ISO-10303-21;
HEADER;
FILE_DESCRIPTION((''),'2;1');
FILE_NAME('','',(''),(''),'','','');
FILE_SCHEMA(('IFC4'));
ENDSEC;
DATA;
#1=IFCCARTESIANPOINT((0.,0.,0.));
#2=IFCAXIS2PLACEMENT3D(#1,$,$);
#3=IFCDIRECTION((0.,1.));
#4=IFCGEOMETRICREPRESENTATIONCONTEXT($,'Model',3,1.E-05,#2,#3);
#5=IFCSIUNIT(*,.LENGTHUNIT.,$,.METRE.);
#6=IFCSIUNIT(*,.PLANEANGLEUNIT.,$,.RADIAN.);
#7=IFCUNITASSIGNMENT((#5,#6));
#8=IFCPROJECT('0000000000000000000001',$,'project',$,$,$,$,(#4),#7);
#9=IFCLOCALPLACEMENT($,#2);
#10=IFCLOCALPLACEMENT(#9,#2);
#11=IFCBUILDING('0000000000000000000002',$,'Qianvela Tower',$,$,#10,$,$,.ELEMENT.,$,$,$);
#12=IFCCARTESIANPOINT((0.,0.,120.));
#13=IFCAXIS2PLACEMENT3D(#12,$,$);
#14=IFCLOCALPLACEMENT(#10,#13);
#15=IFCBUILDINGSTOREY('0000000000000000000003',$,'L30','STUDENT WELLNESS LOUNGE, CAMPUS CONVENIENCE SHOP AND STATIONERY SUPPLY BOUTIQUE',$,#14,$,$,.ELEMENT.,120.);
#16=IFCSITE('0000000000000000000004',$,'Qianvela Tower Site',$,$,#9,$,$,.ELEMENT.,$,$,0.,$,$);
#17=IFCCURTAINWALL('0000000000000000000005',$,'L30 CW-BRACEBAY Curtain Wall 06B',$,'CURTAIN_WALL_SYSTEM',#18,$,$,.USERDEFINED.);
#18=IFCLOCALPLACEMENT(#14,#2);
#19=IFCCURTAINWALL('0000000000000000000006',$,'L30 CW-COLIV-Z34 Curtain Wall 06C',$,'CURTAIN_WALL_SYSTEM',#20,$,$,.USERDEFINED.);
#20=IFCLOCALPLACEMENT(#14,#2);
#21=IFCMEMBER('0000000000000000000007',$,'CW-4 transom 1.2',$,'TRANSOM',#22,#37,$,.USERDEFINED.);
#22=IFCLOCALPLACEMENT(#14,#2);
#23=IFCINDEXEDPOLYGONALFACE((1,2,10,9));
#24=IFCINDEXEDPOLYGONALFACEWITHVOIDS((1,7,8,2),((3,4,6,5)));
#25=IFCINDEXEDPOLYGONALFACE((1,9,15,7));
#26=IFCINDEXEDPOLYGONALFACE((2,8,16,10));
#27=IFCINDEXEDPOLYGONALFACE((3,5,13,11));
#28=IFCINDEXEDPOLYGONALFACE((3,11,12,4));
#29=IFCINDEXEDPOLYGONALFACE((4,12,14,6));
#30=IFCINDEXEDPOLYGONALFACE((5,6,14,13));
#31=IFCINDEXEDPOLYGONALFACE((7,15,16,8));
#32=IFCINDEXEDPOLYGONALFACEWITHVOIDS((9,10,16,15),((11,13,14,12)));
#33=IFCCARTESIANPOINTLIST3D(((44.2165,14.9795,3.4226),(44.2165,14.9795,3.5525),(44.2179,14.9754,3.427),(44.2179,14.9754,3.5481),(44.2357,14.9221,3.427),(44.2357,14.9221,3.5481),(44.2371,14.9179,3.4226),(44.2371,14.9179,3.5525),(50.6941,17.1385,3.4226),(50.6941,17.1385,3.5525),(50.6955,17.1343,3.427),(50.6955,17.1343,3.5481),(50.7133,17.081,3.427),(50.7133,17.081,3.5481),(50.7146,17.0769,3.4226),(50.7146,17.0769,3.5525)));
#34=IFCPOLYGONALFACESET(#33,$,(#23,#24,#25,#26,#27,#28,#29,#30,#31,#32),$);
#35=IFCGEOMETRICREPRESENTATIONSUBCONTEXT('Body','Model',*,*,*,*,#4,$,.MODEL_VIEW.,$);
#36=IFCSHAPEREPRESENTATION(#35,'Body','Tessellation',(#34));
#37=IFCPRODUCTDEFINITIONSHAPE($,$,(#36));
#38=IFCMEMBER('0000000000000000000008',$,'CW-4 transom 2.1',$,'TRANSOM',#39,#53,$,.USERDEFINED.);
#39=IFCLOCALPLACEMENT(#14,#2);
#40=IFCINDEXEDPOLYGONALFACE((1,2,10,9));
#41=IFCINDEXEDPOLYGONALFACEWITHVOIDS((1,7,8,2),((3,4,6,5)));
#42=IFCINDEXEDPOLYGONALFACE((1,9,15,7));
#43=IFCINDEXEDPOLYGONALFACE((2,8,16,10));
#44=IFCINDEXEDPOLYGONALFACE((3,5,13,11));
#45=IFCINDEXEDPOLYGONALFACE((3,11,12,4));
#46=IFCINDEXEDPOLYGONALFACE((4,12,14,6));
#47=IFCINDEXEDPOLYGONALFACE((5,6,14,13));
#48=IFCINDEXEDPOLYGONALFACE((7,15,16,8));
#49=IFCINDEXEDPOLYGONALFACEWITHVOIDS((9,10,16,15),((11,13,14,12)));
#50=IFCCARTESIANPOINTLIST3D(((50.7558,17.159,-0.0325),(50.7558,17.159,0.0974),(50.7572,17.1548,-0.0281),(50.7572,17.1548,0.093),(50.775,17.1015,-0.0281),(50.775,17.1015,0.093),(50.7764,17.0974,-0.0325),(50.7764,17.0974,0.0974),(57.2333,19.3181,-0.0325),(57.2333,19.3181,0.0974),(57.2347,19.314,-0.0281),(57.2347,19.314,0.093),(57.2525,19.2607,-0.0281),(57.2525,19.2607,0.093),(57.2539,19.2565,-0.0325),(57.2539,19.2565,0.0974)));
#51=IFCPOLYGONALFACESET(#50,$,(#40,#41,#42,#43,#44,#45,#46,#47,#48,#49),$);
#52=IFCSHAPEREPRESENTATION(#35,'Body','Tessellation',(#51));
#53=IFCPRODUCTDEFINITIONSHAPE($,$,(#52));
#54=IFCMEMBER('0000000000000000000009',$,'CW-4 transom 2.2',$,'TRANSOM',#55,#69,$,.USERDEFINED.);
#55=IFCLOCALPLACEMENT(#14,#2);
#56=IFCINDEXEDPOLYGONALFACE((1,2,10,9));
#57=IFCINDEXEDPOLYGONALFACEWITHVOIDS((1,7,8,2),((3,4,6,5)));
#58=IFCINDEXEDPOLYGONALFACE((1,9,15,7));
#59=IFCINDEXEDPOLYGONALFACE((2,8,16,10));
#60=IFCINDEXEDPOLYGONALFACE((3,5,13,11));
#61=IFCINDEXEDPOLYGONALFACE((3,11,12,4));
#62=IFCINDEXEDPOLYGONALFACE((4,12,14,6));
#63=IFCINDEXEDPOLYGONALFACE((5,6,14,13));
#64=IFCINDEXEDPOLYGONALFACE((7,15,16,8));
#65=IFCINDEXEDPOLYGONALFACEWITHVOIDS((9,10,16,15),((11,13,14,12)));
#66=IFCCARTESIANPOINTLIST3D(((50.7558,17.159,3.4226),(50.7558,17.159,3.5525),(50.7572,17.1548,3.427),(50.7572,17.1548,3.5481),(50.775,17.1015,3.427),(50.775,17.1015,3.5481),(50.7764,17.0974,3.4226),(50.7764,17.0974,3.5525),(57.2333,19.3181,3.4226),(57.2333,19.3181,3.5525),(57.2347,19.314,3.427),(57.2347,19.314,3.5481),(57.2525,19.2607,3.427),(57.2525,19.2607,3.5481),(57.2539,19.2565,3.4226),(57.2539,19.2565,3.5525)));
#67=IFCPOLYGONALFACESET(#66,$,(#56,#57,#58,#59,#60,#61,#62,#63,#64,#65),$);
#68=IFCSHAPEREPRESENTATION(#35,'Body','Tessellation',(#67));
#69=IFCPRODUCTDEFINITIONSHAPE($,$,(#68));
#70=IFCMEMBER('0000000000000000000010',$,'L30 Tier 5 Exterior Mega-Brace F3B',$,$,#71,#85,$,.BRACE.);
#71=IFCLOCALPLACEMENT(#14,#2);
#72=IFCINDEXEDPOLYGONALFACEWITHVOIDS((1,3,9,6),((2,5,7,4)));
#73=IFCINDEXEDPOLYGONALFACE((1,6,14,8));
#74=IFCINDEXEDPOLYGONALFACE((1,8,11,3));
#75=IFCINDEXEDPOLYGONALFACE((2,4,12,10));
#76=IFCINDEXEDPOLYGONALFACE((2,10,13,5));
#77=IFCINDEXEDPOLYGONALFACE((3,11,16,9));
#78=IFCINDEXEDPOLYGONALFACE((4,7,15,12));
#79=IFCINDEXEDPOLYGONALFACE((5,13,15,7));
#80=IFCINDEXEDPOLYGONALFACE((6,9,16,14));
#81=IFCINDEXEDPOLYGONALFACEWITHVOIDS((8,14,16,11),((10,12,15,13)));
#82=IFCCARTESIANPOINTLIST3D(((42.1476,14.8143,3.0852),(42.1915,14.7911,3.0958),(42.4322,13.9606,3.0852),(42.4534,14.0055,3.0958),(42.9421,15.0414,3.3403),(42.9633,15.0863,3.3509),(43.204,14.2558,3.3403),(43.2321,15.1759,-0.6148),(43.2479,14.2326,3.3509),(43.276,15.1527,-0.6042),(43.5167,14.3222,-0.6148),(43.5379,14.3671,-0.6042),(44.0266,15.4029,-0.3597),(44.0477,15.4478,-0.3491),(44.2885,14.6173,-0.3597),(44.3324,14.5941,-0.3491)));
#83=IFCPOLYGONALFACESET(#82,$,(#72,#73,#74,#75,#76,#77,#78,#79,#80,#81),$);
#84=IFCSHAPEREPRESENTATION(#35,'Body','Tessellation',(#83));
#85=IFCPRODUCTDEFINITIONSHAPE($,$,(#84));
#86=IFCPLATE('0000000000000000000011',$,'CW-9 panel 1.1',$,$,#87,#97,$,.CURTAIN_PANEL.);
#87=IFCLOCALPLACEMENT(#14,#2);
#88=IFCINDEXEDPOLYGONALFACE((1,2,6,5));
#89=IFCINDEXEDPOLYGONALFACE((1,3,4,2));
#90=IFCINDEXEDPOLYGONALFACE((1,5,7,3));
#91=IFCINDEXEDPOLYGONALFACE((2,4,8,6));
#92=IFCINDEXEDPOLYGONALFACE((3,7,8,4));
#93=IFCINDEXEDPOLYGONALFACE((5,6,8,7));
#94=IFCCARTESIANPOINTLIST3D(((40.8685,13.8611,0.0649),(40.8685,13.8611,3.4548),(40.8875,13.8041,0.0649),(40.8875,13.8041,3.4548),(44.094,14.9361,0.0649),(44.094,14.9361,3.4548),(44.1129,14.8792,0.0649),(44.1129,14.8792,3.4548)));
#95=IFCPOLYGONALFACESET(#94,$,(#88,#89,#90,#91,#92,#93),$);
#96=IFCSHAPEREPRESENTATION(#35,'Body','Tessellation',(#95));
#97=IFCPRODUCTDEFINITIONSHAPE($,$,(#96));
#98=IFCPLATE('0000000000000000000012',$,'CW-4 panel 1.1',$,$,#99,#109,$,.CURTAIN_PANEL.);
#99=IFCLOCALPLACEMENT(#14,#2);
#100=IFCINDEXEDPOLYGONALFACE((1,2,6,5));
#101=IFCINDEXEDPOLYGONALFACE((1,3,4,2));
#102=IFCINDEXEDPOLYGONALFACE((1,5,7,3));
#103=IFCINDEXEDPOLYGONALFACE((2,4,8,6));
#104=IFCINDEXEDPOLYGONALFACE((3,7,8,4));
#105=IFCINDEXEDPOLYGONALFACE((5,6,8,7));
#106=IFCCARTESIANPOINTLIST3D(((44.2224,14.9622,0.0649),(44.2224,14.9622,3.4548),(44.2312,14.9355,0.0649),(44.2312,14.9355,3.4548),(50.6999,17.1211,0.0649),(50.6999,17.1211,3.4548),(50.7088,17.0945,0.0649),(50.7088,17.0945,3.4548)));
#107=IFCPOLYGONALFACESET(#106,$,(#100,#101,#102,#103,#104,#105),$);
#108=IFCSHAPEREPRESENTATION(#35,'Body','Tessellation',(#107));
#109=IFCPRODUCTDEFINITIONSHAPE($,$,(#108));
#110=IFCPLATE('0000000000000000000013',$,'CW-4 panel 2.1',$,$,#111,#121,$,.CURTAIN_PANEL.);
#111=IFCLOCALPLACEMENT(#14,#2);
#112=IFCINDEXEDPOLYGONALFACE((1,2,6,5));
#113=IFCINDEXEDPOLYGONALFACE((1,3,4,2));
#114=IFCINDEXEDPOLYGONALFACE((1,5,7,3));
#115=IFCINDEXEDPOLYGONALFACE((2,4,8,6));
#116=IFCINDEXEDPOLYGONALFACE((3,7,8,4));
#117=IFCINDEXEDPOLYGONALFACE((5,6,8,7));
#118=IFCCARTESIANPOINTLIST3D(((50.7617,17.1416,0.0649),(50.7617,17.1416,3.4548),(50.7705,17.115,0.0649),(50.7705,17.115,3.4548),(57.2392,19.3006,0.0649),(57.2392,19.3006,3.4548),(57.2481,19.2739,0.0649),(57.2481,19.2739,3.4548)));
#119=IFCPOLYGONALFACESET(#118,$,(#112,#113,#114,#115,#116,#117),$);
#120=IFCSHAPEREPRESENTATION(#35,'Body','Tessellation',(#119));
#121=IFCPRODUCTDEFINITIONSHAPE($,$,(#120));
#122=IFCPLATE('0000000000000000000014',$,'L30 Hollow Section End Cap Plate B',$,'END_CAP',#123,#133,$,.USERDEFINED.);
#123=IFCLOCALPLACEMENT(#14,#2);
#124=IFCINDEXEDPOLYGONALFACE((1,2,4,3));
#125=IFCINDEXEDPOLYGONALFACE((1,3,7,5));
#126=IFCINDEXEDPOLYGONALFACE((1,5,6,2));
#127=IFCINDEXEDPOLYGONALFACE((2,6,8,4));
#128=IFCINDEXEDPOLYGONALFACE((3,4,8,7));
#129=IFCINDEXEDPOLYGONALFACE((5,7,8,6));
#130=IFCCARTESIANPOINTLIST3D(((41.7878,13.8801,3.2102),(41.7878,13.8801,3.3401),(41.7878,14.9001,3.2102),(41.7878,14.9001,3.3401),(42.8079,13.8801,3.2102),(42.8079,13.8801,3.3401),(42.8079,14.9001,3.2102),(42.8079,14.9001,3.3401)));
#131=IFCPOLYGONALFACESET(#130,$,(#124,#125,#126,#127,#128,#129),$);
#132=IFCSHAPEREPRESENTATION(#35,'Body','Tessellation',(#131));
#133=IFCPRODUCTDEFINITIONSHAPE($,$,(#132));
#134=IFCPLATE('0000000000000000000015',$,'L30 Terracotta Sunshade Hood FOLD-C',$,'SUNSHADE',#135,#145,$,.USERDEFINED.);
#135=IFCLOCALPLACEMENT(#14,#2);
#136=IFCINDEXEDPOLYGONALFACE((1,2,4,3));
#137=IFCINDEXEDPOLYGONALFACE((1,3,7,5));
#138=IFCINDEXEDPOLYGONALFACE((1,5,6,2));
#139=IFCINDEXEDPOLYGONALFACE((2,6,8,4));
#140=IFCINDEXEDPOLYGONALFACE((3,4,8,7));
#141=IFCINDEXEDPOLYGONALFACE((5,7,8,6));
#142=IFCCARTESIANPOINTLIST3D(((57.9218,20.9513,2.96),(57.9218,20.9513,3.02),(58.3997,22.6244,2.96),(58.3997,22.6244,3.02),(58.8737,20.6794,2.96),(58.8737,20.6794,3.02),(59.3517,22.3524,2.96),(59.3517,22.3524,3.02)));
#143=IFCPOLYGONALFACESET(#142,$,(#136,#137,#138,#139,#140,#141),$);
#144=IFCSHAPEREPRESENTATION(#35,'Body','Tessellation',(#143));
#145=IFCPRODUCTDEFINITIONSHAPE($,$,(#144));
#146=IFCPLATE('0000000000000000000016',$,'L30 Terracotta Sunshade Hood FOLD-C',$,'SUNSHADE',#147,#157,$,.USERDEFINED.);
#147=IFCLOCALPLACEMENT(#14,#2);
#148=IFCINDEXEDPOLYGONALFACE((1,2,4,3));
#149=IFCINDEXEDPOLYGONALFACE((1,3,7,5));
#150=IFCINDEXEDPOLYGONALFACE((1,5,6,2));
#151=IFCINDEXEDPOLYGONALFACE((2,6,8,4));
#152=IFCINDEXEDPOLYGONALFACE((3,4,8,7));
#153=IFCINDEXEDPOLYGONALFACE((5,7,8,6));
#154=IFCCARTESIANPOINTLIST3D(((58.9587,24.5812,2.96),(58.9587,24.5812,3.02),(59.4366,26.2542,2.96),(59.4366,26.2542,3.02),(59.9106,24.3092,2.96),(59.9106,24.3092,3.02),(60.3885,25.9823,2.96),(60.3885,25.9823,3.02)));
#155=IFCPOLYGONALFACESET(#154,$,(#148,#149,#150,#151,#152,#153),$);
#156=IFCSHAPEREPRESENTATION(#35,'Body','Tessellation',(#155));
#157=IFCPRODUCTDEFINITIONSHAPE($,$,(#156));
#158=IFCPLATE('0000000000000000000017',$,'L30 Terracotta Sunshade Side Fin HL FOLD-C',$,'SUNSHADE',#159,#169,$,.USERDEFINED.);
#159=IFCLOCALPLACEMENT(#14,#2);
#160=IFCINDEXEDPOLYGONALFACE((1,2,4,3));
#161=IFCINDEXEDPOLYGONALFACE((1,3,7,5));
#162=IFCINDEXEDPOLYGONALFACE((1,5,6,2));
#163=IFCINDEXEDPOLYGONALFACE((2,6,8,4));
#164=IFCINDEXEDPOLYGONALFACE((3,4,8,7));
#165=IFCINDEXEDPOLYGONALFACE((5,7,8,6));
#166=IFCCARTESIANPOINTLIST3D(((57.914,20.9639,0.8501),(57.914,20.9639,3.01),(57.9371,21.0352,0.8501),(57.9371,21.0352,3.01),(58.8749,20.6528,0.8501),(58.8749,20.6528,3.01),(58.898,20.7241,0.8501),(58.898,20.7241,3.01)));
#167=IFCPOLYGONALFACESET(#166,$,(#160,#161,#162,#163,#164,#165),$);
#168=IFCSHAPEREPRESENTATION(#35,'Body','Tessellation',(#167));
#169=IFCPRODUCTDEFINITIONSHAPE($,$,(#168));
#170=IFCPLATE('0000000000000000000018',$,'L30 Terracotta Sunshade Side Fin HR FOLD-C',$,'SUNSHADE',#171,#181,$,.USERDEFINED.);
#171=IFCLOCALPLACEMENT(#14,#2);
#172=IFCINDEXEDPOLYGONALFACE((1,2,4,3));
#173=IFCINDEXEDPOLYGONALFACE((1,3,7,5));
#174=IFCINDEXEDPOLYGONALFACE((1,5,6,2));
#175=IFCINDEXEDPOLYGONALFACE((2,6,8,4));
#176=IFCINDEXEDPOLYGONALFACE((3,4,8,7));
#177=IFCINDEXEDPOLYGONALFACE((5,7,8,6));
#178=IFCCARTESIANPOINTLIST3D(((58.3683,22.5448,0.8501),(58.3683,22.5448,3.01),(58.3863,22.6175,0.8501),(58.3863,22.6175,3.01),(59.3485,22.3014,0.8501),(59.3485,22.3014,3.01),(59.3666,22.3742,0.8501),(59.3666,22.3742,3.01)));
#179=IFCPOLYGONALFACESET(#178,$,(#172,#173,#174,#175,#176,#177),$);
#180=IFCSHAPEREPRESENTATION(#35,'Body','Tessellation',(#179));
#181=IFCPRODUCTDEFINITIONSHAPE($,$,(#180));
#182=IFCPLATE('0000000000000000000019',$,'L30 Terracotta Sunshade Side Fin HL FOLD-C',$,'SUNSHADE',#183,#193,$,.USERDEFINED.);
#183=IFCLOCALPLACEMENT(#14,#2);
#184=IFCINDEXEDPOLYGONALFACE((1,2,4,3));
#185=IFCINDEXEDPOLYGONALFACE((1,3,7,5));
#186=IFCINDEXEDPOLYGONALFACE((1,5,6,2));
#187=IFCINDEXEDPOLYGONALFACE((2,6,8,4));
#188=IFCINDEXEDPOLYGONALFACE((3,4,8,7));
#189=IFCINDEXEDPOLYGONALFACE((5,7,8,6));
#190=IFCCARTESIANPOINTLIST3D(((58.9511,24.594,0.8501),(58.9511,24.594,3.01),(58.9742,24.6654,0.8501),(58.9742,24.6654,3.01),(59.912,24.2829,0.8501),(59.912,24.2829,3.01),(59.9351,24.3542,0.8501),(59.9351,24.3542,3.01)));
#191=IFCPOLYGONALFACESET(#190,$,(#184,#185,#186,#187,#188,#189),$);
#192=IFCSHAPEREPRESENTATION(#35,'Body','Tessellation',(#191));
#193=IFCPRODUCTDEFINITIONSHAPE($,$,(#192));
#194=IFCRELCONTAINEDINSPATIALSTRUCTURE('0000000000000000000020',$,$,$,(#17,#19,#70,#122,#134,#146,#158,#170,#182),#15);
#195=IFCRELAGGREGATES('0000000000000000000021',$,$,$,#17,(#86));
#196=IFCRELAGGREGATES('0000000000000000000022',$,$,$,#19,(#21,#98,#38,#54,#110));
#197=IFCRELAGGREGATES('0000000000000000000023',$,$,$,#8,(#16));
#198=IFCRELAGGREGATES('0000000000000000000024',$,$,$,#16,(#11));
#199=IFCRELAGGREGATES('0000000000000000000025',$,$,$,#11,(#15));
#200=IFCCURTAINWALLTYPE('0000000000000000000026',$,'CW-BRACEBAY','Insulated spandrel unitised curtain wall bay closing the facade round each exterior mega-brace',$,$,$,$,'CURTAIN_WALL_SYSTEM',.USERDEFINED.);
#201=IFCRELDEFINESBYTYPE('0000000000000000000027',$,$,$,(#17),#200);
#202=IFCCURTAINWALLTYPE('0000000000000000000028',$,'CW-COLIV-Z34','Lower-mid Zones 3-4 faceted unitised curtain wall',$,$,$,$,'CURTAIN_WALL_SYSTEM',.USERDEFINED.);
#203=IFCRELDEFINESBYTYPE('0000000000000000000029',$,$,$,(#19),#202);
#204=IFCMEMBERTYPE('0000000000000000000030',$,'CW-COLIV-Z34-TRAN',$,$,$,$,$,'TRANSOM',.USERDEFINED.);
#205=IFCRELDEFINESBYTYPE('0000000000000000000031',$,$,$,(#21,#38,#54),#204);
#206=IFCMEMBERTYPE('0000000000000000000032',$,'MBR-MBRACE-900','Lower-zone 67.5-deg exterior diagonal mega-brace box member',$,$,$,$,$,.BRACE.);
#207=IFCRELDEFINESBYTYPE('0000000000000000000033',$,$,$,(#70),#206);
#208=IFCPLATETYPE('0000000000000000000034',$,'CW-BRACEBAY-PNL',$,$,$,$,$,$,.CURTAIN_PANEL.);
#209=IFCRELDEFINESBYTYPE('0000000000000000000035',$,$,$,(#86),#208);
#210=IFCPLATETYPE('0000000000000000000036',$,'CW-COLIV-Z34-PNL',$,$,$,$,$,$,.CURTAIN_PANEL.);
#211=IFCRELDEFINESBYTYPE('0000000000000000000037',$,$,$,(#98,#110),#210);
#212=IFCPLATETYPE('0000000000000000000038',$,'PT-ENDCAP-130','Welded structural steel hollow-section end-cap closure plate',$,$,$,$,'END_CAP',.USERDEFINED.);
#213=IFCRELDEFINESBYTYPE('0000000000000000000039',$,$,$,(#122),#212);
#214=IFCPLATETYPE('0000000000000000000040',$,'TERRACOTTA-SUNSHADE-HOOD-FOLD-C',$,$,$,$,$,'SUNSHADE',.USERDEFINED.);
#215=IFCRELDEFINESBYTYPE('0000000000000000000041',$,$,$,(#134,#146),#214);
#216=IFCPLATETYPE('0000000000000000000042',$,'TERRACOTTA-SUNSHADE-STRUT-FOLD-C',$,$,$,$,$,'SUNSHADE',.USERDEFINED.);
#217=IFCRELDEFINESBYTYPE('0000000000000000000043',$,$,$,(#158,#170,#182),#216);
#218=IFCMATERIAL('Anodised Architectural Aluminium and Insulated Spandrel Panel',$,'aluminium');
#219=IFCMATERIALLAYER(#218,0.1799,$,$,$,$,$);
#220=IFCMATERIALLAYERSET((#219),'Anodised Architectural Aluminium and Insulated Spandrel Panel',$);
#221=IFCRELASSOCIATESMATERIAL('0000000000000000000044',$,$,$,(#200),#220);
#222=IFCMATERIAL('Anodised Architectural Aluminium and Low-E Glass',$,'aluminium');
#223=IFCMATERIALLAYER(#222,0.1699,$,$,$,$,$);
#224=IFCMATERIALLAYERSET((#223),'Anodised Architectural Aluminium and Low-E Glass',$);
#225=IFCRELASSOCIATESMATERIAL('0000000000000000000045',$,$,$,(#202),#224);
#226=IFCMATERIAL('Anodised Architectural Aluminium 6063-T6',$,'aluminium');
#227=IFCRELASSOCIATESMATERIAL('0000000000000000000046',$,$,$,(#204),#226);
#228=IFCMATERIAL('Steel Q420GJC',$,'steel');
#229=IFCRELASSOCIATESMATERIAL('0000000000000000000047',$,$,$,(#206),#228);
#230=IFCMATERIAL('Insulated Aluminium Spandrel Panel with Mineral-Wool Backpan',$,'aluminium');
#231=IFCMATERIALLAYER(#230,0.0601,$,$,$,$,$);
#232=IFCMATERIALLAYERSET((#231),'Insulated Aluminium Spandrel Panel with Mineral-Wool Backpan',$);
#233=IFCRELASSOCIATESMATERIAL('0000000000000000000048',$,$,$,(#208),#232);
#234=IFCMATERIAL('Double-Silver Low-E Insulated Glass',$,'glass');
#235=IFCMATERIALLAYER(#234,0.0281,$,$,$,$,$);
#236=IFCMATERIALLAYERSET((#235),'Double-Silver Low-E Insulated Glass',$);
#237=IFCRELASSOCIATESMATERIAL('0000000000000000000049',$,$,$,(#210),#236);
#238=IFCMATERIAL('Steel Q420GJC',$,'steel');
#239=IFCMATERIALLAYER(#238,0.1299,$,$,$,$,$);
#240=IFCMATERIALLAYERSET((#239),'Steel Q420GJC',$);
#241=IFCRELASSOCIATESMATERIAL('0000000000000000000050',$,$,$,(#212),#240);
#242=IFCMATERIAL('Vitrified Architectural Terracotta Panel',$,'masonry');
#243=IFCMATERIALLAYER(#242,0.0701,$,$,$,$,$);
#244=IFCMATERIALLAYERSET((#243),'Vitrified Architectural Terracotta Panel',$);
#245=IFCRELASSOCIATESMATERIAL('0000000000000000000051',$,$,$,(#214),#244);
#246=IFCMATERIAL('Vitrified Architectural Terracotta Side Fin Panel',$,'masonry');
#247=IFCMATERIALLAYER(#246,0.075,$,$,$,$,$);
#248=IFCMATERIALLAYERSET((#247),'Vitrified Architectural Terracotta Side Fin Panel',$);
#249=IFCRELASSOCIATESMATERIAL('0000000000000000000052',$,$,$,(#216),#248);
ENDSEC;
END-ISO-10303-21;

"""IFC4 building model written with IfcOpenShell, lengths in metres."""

from ifc_helpers import new_model, si_unit, direction, frame, origin, origin_2d, place, context, subcontext, project, spatial, rectangle, hollow_rectangle, extrude, material, layer, layer_set, material_profile, profile_set, type_object, element, aggregate, save


model = new_model("IFC4")

# Units and contexts
model_context = context("Model", 3, precision=1e-05, world=origin(), true_north=direction((0.0, 1.0)))
body_context = subcontext(model_context, "Body", "Model", "MODEL_VIEW")
ifc_project = project(units=[si_unit("LENGTHUNIT", "METRE"), si_unit("PLANEANGLEUNIT", "RADIAN")], contexts=[model_context])

# Site, building, storey
site_placement = place(None, origin())
site = spatial("IfcSite", under=ifc_project, at=site_placement, Name="Qianvela Tower Site", CompositionType="ELEMENT", RefElevation=0.0)
building_placement = place(site_placement, origin())
building = spatial("IfcBuilding", under=site, at=building_placement, Name="Qianvela Tower", CompositionType="ELEMENT")
storey_placement = place(building_placement, frame((0.0, 0.0, 120.0)))
storey = spatial("IfcBuildingStorey", under=building, at=storey_placement, Name="L30", Description="STUDENT WELLNESS LOUNGE, CAMPUS CONVENIENCE SHOP AND STATIONERY SUPPLY BOUTIQUE", CompositionType="ELEMENT", Elevation=120.0)

# Curtain wall
ifc_material_1 = material(Name="Anodised Architectural Aluminium and Insulated Spandrel Panel", Category="aluminium")
ifc_layer_1 = layer(ifc_material_1, 0.1799)
ifc_layer_set_1 = layer_set([ifc_layer_1], Name="Anodised Architectural Aluminium and Insulated Spandrel Panel")
curtain_wall_type_1 = type_object("IfcCurtainWallType", Name="CW-BRACEBAY", Description="Insulated spandrel unitised curtain wall bay closing the facade round each exterior mega-brace", ElementType="CURTAIN_WALL_SYSTEM", PredefinedType="USERDEFINED", material=ifc_layer_set_1)
curtain_wall_1_placement = place(storey_placement, origin())
curtain_wall_1 = element("IfcCurtainWall", 1, at=curtain_wall_1_placement, inside=storey, type_object=curtain_wall_type_1, Name="L30 CW-BRACEBAY Curtain Wall 06B", ObjectType="CURTAIN_WALL_SYSTEM", PredefinedType="USERDEFINED")

# Curtain wall, members
ifc_material_2 = material(Name="Anodised Architectural Aluminium and Low-E Glass", Category="aluminium")
ifc_layer_2 = layer(ifc_material_2, 0.1699)
ifc_layer_set_2 = layer_set([ifc_layer_2], Name="Anodised Architectural Aluminium and Low-E Glass")
curtain_wall_type_2 = type_object("IfcCurtainWallType", Name="CW-COLIV-Z34", Description="Lower-mid Zones 3-4 faceted unitised curtain wall", ElementType="CURTAIN_WALL_SYSTEM", PredefinedType="USERDEFINED", material=ifc_layer_set_2)
curtain_wall_2_placement = place(storey_placement, origin())
curtain_wall_2 = element("IfcCurtainWall", 2, at=curtain_wall_2_placement, inside=storey, type_object=curtain_wall_type_2, Name="L30 CW-COLIV-Z34 Curtain Wall 06C", ObjectType="CURTAIN_WALL_SYSTEM", PredefinedType="USERDEFINED")
ifc_material_3 = material(Name="Anodised Architectural Aluminium 6063-T6", Category="aluminium")
ifc_material_profile_1 = material_profile(ifc_material_3, hollow_rectangle(XDim=0.0649, YDim=0.1299, WallThickness=0.0044, at=origin_2d()), Name="ALU-TRAN-65x130")
ifc_profile_set_1 = profile_set([ifc_material_profile_1], Name="Anodised Architectural Aluminium 6063-T6")
member_type_1 = type_object("IfcMemberType", Name="CW-COLIV-Z34-TRAN", ElementType="TRANSOM", PredefinedType="USERDEFINED", material=ifc_profile_set_1)
member_1_placement = place(storey_placement, frame((44.2268, 14.9487, 3.4875), z_axis=(0.948694, 0.316196, 0.0), x_axis=(-0.316196, 0.948694, 0.0)))
member_1 = element("IfcMember", 3, at=member_1_placement, type_object=member_type_1, Name="CW-4 transom 1.2", ObjectType="TRANSOM", PredefinedType="USERDEFINED", context=body_context, shape_type="SweptSolid", body=[
    extrude(hollow_rectangle(XDim=0.0649, YDim=0.1299, WallThickness=0.0044, at=origin_2d()), origin(), (0.0, 0.0, 1.0), 6.8279),
])
member_2_placement = place(storey_placement, frame((50.7661, 17.1282, 0.0325), z_axis=(0.948683, 0.316228, 0.0), x_axis=(-0.316228, 0.948683, 0.0)))
member_2 = element("IfcMember", 4, at=member_2_placement, type_object=member_type_1, Name="CW-4 transom 2.1", ObjectType="TRANSOM", PredefinedType="USERDEFINED", context=body_context, shape_type="SweptSolid", body=[
    extrude(hollow_rectangle(XDim=0.0649, YDim=0.1299, WallThickness=0.0044, at=origin_2d()), origin(), (0.0, 0.0, 1.0), 6.8279),
])
member_3_placement = place(storey_placement, frame((50.7661, 17.1282, 3.4875), z_axis=(0.948683, 0.316228, 0.0), x_axis=(-0.316228, 0.948683, 0.0)))
member_3 = element("IfcMember", 5, at=member_3_placement, type_object=member_type_1, Name="CW-4 transom 2.2", ObjectType="TRANSOM", PredefinedType="USERDEFINED", context=body_context, shape_type="SweptSolid", body=[
    extrude(hollow_rectangle(XDim=0.0649, YDim=0.1299, WallThickness=0.0044, at=origin_2d()), origin(), (0.0, 0.0, 1.0), 6.8279),
])

# Member
ifc_material_4 = material(Name="Steel Q420GJC", Category="steel")
ifc_material_profile_2 = material_profile(ifc_material_4, hollow_rectangle(XDim=0.8999, YDim=0.8999, WallThickness=0.0359, at=origin_2d()), Name="MBOX-900x900x36")
ifc_profile_set_2 = profile_set([ifc_material_profile_2], Name="Steel Q420GJC")
member_type_2 = type_object("IfcMemberType", Name="MBR-MBRACE-900", Description="Lower-zone 67.5-deg exterior diagonal mega-brace box member", PredefinedType="BRACE", material=ifc_profile_set_2)
member_4_placement = place(storey_placement, frame((43.7822, 14.885, -0.4819), z_axis=(-0.280043, -0.093369, 0.955436), x_axis=(0.316292, -0.948662, 0.0)))
element("IfcMember", 6, at=member_4_placement, inside=storey, type_object=member_type_2, Name="L30 Tier 5 Exterior Mega-Brace F3B", PredefinedType="BRACE", context=body_context, shape_type="SweptSolid", body=[
    extrude(hollow_rectangle(XDim=0.8999, YDim=0.8999, WallThickness=0.0359, at=origin_2d()), origin(), (0.0, 0.0, 1.0), 3.8726),
])

# Plates
ifc_material_5 = material(Name="Insulated Aluminium Spandrel Panel with Mineral-Wool Backpan", Category="aluminium")
ifc_layer_3 = layer(ifc_material_5, 0.0601)
ifc_layer_set_3 = layer_set([ifc_layer_3], Name="Insulated Aluminium Spandrel Panel with Mineral-Wool Backpan")
plate_type_1 = type_object("IfcPlateType", Name="CW-BRACEBAY-PNL", PredefinedType="CURTAIN_PANEL", material=ifc_layer_set_3)
plate_1_placement = place(storey_placement, frame((42.4907, 14.3701, 0.0649), z_axis=(0.0, 0.0, 1.0), x_axis=(0.948692, 0.316202, 0.0)))
plate_1 = element("IfcPlate", 7, at=plate_1_placement, type_object=plate_type_1, Name="CW-9 panel 1.1", PredefinedType="CURTAIN_PANEL", context=body_context, shape_type="SweptSolid", body=[
    extrude(rectangle(XDim=3.3999, YDim=0.0601, at=origin_2d()), origin(), (0.0, 0.0, 1.0), 3.3899),
])
aggregate(curtain_wall_1, [plate_1])
ifc_material_6 = material(Name="Double-Silver Low-E Insulated Glass", Category="glass")
ifc_layer_4 = layer(ifc_material_6, 0.0281)
ifc_layer_set_4 = layer_set([ifc_layer_4], Name="Double-Silver Low-E Insulated Glass")
plate_type_2 = type_object("IfcPlateType", Name="CW-COLIV-Z34-PNL", PredefinedType="CURTAIN_PANEL", material=ifc_layer_set_4)
plate_2_placement = place(storey_placement, frame((47.4656, 16.0283, 0.0649), z_axis=(0.0, 0.0, 1.0), x_axis=(0.948694, 0.316195, 0.0)))
plate_2 = element("IfcPlate", 8, at=plate_2_placement, type_object=plate_type_2, Name="CW-4 panel 1.1", PredefinedType="CURTAIN_PANEL", context=body_context, shape_type="SweptSolid", body=[
    extrude(rectangle(XDim=6.8279, YDim=0.0281, at=origin_2d()), origin(), (0.0, 0.0, 1.0), 3.3899),
])
plate_3_placement = place(storey_placement, frame((54.0049, 18.2078, 0.0649), z_axis=(0.0, 0.0, 1.0), x_axis=(0.948694, 0.316195, 0.0)))
plate_3 = element("IfcPlate", 9, at=plate_3_placement, type_object=plate_type_2, Name="CW-4 panel 2.1", PredefinedType="CURTAIN_PANEL", context=body_context, shape_type="SweptSolid", body=[
    extrude(rectangle(XDim=6.8279, YDim=0.0281, at=origin_2d()), origin(), (0.0, 0.0, 1.0), 3.3899),
])
aggregate(curtain_wall_2, [member_1, plate_2, member_2, member_3, plate_3])

# Plates
ifc_material_7 = material(Name="Steel Q420GJC", Category="steel")
ifc_layer_5 = layer(ifc_material_7, 0.1299)
ifc_layer_set_5 = layer_set([ifc_layer_5], Name="Steel Q420GJC")
plate_type_3 = type_object("IfcPlateType", Name="PT-ENDCAP-130", Description="Welded structural steel hollow-section end-cap closure plate", ElementType="END_CAP", PredefinedType="USERDEFINED", material=ifc_layer_set_5)
plate_4_placement = place(storey_placement, frame((42.2979, 14.3901, 3.2102), z_axis=(0.0, 0.0, 1.0), x_axis=(1.0, 0.0, 0.0)))
element("IfcPlate", 10, at=plate_4_placement, inside=storey, type_object=plate_type_3, Name="L30 Hollow Section End Cap Plate B", ObjectType="END_CAP", PredefinedType="USERDEFINED", context=body_context, shape_type="SweptSolid", body=[
    extrude(rectangle(XDim=1.02, YDim=1.02, at=origin_2d()), origin(), (0.0, 0.0, 1.0), 0.1299),
])
ifc_material_8 = material(Name="Vitrified Architectural Terracotta Panel", Category="masonry")
ifc_layer_6 = layer(ifc_material_8, 0.0701)
ifc_layer_set_6 = layer_set([ifc_layer_6], Name="Vitrified Architectural Terracotta Panel")
plate_type_4 = type_object("IfcPlateType", Name="TERRACOTTA-SUNSHADE-HOOD-FOLD-C", ElementType="SUNSHADE", PredefinedType="USERDEFINED", material=ifc_layer_set_6)
for number, where, z_axis, x_axis, name in (
    (11, (58.6367, 21.6519, 2.96), (0.0, 0.0, 1.0), (0.274689, 0.961533, 0.0), "L30 Terracotta Sunshade Hood FOLD-C"),
    (12, (59.6736, 25.2817, 2.96), (0.0, 0.0, 1.0), (0.274689, 0.961533, 0.0), "L30 Terracotta Sunshade Hood FOLD-C"),
):
    element("IfcPlate", number, at=place(storey_placement, frame(where, z_axis=z_axis, x_axis=x_axis)), inside=storey, type_object=plate_type_4, Name=name, ObjectType="SUNSHADE", PredefinedType="USERDEFINED", context=body_context, shape_type="SweptSolid", body=[
        extrude(rectangle(XDim=1.74, YDim=0.99, at=origin_2d()), origin(), (0.0, 0.0, 1.0), 0.0601),
    ])
ifc_material_9 = material(Name="Vitrified Architectural Terracotta Side Fin Panel", Category="masonry")
ifc_layer_7 = layer(ifc_material_9, 0.075)
ifc_layer_set_7 = layer_set([ifc_layer_7], Name="Vitrified Architectural Terracotta Side Fin Panel")
plate_type_5 = type_object("IfcPlateType", Name="TERRACOTTA-SUNSHADE-STRUT-FOLD-C", ElementType="SUNSHADE", PredefinedType="USERDEFINED", material=ifc_layer_set_7)
for number, where, z_axis, x_axis, name in (
    (13, (58.406, 20.844, 0.8501), (0.0, 0.0, 1.0), (0.308079, 0.951361, 0.0), "L30 Terracotta Sunshade Side Fin HL FOLD-C"),
    (14, (58.8674, 22.4595, 0.8501), (0.0, 0.0, 1.0), (0.240965, 0.970534, 0.0), "L30 Terracotta Sunshade Side Fin HR FOLD-C"),
    (15, (59.4431, 24.4741, 0.8501), (0.0, 0.0, 1.0), (0.308079, 0.951361, 0.0), "L30 Terracotta Sunshade Side Fin HL FOLD-C"),
):
    element("IfcPlate", number, at=place(storey_placement, frame(where, z_axis=z_axis, x_axis=x_axis)), inside=storey, type_object=plate_type_5, Name=name, ObjectType="SUNSHADE", PredefinedType="USERDEFINED", context=body_context, shape_type="SweptSolid", body=[
        extrude(rectangle(XDim=0.075, YDim=1.01, at=origin_2d()), origin(), (0.0, 0.0, 1.0), 2.1599),
    ])

save(model, "model.ifc")
